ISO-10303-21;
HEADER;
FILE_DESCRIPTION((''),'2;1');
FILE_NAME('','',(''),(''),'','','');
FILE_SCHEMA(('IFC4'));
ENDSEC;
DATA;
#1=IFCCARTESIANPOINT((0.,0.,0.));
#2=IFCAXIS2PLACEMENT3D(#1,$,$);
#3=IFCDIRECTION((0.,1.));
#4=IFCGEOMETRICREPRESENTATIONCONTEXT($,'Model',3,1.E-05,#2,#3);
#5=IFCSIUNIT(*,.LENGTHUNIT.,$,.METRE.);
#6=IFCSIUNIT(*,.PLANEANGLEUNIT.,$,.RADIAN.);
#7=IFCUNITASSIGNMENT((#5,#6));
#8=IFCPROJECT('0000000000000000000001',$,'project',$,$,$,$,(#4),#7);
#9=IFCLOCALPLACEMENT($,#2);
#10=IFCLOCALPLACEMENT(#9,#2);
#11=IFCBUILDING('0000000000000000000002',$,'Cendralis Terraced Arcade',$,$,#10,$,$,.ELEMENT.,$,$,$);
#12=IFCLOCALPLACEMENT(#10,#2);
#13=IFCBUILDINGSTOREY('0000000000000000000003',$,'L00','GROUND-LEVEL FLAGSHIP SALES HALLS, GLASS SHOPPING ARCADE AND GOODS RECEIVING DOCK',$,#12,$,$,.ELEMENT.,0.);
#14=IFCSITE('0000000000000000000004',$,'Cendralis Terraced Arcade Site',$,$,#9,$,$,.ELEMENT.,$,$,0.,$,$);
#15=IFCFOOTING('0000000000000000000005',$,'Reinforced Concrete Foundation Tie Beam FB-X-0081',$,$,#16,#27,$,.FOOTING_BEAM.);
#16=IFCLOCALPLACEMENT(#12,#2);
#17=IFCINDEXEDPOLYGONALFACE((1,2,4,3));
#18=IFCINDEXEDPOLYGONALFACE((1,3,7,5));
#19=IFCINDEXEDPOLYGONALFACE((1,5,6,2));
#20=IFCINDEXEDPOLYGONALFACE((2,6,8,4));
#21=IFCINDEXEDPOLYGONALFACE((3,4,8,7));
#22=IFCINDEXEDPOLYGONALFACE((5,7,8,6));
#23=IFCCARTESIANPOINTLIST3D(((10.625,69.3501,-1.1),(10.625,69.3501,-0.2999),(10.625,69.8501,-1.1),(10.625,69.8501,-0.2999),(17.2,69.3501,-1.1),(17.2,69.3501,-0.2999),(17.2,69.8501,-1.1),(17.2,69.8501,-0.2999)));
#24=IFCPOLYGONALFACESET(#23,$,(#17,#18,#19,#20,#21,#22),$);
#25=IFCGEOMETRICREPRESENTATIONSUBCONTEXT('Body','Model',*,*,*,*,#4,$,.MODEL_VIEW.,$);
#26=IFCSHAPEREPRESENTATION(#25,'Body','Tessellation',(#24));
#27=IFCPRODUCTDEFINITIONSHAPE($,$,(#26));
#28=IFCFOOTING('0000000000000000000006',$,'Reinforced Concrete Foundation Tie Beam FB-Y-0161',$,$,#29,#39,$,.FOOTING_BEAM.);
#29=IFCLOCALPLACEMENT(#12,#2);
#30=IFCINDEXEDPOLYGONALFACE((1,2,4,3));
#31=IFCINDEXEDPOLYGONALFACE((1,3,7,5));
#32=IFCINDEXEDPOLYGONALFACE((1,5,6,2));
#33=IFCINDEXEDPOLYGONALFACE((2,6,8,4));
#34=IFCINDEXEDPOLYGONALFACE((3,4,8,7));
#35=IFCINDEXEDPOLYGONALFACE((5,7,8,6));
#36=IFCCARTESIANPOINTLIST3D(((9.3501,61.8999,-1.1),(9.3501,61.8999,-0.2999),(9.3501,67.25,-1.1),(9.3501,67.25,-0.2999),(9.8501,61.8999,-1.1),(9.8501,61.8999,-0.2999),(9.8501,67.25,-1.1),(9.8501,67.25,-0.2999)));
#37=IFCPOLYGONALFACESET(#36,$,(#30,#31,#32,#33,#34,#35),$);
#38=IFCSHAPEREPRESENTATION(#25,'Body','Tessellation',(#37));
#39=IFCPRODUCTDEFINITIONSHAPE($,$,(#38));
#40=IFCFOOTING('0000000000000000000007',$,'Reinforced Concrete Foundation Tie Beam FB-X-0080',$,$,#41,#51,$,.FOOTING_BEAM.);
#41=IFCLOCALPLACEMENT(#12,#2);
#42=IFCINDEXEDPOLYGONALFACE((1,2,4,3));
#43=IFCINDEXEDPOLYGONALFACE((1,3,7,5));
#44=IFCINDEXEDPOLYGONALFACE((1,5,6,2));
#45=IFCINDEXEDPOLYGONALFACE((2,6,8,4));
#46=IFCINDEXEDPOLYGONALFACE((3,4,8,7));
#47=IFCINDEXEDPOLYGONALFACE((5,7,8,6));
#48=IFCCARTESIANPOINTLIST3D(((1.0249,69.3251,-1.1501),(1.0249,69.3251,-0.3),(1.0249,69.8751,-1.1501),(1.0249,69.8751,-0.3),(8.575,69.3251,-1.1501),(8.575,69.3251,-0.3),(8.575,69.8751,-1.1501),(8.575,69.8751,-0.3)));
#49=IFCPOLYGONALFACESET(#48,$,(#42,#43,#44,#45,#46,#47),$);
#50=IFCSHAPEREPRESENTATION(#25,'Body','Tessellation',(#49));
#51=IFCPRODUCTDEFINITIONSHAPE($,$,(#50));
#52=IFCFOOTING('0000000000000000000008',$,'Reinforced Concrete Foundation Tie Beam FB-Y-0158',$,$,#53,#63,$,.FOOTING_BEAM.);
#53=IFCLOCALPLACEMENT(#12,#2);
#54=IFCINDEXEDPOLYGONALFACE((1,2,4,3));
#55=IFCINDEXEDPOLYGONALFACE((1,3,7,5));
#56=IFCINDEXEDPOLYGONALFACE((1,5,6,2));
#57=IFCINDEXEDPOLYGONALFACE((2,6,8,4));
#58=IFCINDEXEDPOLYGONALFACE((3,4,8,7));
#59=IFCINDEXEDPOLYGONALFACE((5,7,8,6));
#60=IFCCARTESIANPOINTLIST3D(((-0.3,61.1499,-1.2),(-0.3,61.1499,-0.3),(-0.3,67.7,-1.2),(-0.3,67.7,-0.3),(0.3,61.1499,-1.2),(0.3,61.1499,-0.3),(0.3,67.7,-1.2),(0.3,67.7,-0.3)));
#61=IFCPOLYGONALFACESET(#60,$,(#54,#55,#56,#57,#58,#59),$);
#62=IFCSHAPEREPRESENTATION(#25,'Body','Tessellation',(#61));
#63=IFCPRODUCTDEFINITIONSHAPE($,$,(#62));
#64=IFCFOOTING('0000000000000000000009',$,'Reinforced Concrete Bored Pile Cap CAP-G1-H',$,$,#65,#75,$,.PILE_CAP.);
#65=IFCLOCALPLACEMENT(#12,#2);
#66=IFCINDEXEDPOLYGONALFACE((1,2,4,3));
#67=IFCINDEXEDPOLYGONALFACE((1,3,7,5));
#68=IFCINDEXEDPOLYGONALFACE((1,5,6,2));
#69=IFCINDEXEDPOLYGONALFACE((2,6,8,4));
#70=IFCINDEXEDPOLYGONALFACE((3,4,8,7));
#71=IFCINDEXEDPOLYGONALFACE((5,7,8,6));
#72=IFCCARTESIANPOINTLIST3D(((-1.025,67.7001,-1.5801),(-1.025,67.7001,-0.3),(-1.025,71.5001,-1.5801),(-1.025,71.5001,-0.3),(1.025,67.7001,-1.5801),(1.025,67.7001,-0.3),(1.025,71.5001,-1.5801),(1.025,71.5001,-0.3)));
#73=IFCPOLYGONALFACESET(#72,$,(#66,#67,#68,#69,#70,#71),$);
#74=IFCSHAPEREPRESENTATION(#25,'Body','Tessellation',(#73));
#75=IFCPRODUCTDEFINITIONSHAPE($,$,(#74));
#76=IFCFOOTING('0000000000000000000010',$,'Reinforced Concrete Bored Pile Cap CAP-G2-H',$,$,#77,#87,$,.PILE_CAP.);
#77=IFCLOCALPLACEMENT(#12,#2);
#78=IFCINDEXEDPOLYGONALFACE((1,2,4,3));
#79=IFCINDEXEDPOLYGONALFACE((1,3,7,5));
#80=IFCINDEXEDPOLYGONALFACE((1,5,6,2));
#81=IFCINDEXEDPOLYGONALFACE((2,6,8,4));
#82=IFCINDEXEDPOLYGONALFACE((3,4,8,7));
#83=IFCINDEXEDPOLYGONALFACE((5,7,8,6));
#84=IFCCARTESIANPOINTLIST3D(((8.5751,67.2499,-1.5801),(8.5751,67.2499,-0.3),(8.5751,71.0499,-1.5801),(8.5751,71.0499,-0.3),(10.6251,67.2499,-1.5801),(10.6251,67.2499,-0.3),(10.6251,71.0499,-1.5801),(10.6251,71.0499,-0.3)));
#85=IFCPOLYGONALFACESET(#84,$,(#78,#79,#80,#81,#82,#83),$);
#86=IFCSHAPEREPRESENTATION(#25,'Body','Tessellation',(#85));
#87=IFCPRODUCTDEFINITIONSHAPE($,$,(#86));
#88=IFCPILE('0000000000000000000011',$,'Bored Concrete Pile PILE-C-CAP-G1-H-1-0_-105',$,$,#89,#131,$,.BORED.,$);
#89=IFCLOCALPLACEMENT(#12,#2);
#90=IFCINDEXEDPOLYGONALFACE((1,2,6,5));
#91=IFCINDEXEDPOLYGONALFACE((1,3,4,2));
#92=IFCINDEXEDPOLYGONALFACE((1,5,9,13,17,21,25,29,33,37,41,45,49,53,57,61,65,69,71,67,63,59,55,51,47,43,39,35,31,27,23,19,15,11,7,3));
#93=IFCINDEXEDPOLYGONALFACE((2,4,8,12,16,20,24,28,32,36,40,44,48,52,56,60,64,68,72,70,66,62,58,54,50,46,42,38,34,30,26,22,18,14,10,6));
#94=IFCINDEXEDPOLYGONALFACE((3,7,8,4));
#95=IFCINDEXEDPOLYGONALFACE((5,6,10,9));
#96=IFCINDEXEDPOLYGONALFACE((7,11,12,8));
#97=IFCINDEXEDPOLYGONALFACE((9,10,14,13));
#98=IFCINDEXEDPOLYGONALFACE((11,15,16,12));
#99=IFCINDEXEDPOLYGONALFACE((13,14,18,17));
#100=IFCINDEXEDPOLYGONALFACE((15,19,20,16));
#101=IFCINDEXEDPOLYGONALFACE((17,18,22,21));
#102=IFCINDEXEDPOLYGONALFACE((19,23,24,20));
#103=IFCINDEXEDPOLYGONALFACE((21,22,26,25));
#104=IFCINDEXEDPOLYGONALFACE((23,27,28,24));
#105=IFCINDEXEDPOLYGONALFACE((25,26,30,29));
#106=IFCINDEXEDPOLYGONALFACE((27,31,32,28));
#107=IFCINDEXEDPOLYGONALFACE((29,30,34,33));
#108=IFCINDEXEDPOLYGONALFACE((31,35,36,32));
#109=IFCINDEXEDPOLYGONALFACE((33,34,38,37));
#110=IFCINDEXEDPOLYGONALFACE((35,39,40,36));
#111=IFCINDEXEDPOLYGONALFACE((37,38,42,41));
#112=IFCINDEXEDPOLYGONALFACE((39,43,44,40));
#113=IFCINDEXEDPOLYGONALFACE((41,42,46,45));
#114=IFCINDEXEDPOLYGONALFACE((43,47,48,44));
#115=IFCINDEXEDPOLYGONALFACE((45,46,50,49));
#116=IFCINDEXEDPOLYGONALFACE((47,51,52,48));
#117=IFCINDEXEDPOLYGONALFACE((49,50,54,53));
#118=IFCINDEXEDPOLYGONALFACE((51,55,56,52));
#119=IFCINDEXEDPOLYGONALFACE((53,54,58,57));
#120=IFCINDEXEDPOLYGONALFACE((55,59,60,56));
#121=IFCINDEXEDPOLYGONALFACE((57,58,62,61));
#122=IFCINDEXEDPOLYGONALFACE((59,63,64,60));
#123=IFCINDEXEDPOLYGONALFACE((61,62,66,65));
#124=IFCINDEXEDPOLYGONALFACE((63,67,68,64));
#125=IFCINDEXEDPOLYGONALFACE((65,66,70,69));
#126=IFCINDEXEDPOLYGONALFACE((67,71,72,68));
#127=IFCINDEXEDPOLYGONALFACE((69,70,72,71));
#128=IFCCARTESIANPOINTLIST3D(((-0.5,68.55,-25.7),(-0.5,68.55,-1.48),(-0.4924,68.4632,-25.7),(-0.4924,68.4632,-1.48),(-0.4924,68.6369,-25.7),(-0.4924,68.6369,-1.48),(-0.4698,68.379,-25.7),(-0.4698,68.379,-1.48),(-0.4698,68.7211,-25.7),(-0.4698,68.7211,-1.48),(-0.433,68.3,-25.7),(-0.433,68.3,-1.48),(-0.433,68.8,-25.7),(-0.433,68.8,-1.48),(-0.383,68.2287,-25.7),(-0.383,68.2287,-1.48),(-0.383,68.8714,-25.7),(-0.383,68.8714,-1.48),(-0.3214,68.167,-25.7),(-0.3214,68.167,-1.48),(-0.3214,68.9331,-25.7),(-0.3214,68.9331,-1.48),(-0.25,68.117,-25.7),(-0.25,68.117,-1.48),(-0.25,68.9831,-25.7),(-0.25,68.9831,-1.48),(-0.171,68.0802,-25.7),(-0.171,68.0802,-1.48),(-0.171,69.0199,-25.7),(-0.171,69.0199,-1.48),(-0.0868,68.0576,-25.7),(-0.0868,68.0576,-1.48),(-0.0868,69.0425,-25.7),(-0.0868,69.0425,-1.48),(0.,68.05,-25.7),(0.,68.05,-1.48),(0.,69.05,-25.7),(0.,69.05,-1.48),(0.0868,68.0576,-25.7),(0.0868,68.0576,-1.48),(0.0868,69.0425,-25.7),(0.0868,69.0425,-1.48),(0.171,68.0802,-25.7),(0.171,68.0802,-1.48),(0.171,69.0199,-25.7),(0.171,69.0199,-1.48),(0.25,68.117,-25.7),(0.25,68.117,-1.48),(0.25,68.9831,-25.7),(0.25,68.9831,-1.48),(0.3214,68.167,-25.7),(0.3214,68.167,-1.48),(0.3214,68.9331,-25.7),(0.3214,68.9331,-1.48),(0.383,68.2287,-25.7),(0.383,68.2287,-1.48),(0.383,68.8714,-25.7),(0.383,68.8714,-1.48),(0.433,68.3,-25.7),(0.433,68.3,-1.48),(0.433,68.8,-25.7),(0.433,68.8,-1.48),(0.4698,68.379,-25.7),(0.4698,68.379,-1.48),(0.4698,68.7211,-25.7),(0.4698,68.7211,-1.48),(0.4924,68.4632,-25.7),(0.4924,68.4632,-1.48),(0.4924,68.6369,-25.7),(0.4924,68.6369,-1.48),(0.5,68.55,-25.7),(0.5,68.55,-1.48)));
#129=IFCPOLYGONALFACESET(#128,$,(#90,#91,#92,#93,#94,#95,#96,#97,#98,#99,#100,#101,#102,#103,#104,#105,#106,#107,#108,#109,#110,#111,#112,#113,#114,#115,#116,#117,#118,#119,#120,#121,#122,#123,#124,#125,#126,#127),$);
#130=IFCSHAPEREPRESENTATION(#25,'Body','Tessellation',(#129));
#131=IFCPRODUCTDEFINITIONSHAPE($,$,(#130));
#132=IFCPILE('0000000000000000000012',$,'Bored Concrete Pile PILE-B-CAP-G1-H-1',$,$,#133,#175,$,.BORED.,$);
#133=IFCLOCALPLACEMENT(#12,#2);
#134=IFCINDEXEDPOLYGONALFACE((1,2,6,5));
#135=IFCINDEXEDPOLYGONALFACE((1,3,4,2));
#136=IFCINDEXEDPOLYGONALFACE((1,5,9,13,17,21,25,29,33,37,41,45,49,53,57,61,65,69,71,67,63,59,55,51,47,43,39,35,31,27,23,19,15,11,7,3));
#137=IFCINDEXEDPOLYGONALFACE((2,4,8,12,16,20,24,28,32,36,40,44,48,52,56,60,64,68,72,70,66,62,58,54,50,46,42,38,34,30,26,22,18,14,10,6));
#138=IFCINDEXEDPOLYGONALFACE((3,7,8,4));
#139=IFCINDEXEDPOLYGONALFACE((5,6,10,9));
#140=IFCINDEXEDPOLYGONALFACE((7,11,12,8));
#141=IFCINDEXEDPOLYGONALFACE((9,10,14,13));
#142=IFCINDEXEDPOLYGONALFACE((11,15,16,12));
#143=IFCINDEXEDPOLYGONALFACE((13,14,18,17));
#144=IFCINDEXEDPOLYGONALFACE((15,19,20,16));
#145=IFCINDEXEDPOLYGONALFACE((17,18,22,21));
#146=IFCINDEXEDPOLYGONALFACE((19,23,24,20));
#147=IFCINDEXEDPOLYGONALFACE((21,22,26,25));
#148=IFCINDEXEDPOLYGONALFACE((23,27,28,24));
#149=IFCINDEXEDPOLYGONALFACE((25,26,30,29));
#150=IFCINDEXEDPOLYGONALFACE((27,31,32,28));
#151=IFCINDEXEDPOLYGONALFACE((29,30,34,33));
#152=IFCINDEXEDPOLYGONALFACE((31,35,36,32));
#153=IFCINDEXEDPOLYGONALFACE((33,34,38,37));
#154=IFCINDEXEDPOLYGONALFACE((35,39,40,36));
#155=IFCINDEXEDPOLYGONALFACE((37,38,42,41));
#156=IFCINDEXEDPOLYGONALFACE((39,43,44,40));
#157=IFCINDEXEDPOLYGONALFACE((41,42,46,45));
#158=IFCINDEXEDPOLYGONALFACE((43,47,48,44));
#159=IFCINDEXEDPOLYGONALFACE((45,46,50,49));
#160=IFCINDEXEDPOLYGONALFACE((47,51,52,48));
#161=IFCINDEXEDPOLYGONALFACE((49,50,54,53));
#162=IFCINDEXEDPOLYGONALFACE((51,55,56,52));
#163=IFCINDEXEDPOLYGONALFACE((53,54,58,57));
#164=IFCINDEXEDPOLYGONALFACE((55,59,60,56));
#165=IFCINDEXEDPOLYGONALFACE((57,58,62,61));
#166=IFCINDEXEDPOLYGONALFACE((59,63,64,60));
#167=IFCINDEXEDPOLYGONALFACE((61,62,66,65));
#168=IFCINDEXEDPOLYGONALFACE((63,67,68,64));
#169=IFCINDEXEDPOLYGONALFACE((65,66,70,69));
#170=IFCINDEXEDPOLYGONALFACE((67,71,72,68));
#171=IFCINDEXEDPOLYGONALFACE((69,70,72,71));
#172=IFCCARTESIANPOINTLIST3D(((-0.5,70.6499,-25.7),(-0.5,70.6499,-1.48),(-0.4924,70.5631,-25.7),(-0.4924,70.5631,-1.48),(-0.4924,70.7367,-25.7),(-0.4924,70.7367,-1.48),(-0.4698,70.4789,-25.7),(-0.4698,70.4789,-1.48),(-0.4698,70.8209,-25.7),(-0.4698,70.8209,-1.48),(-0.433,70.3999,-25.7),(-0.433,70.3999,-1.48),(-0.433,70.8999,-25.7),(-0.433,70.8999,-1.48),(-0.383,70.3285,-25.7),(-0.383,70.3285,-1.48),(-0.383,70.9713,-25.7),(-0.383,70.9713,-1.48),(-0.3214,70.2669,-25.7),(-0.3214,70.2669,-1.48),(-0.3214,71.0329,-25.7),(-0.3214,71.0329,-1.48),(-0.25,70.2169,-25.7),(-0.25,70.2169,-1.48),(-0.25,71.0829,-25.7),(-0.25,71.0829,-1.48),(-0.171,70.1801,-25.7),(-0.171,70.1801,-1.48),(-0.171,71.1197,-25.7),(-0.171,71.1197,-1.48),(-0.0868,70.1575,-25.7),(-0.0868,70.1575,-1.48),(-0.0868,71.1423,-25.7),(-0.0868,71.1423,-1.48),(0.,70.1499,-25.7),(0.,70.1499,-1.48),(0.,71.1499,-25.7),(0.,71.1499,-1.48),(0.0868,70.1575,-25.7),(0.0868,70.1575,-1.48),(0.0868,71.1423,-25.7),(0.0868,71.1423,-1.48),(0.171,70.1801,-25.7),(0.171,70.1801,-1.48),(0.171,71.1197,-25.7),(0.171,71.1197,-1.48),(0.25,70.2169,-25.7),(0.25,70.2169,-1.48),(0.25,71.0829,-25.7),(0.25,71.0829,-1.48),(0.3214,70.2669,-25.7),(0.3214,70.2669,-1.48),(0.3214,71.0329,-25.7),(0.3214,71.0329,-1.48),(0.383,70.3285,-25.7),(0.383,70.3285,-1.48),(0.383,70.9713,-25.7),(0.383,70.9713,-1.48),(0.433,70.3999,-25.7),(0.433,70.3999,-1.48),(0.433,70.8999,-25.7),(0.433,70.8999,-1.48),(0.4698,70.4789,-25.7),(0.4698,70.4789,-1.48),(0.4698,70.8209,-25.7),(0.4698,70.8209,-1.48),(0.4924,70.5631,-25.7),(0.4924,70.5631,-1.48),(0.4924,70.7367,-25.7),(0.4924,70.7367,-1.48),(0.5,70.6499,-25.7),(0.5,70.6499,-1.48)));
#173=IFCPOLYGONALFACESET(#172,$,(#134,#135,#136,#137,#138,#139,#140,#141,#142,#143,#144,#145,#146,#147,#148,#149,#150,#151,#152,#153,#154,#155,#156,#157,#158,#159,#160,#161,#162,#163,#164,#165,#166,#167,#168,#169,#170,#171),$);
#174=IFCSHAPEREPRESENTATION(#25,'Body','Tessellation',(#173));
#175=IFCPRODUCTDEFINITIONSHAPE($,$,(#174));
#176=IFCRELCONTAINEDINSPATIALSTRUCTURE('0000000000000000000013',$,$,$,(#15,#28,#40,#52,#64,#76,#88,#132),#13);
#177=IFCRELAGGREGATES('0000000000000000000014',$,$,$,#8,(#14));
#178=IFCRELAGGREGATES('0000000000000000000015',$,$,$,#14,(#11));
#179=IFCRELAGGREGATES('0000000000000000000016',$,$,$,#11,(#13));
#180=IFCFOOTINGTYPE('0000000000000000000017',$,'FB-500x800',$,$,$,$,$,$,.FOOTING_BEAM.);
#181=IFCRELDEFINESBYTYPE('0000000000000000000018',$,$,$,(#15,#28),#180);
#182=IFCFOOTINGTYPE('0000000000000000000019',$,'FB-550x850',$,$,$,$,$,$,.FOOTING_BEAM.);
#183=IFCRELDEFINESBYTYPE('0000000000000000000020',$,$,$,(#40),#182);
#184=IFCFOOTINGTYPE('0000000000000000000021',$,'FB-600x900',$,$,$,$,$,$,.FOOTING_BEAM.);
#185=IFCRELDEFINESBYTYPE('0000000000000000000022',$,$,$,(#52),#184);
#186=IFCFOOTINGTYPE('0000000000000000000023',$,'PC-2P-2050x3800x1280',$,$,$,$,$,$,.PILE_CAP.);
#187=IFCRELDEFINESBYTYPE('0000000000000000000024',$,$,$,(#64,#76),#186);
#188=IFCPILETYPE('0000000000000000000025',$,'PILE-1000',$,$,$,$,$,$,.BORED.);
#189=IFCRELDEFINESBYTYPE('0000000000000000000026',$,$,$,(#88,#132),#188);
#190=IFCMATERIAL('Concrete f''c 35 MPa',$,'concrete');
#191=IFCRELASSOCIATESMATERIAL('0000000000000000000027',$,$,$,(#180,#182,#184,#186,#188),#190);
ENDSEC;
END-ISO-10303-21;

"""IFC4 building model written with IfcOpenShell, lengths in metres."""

from ifc_helpers import new_model, si_unit, direction, frame, origin, origin_2d, place, context, subcontext, project, spatial, rectangle, circle, extrude, material, material_profile, profile_set, type_object, element, save


model = new_model("IFC4")

# Units and contexts
model_context = context("Model", 3, precision=1e-05, world=origin(), true_north=direction((0.0, 1.0)))
body_context = subcontext(model_context, "Body", "Model", "MODEL_VIEW")
ifc_project = project(units=[si_unit("LENGTHUNIT", "METRE"), si_unit("PLANEANGLEUNIT", "RADIAN")], contexts=[model_context])

# Site, building, storey
site_placement = place(None, origin())
site = spatial("IfcSite", under=ifc_project, at=site_placement, Name="Cendralis Terraced Arcade Site", CompositionType="ELEMENT", RefElevation=0.0)
building_placement = place(site_placement, origin())
building = spatial("IfcBuilding", under=site, at=building_placement, Name="Cendralis Terraced Arcade", CompositionType="ELEMENT")
storey_placement = place(building_placement, origin())
storey = spatial("IfcBuildingStorey", under=building, at=storey_placement, Name="L00", Description="GROUND-LEVEL FLAGSHIP SALES HALLS, GLASS SHOPPING ARCADE AND GOODS RECEIVING DOCK", CompositionType="ELEMENT", Elevation=0.0)

# Footings
ifc_material_1 = material(Name="Concrete f'c 35 MPa", Category="concrete")
ifc_material_profile_1 = material_profile(ifc_material_1, rectangle(XDim=0.5, YDim=0.8, at=origin_2d()), Name="FB-500x800", Category="LoadBearing")
ifc_profile_set_1 = profile_set([ifc_material_profile_1], Name="Concrete f'c 35 MPa")
footing_type_1 = type_object("IfcFootingType", Name="FB-500x800", PredefinedType="FOOTING_BEAM", material=ifc_profile_set_1)
footing_1_placement = place(storey_placement, frame((10.625, 69.6001, -0.7), z_axis=(1.0, 0.0, 0.0), x_axis=(0.0, 1.0, 0.0)))
element("IfcFooting", 1, at=footing_1_placement, inside=storey, type_object=footing_type_1, Name="Reinforced Concrete Foundation Tie Beam FB-X-0081", PredefinedType="FOOTING_BEAM", context=body_context, shape_type="SweptSolid", body=[
    extrude(rectangle(XDim=0.5, YDim=0.8, at=origin_2d()), origin(), (0.0, 0.0, 1.0), 6.575),
])
footing_2_placement = place(storey_placement, frame((9.6001, 61.8999, -0.7), z_axis=(0.0, 1.0, 0.0), x_axis=(-1.0, 0.0, 0.0)))
element("IfcFooting", 2, at=footing_2_placement, inside=storey, type_object=footing_type_1, Name="Reinforced Concrete Foundation Tie Beam FB-Y-0161", PredefinedType="FOOTING_BEAM", context=body_context, shape_type="SweptSolid", body=[
    extrude(rectangle(XDim=0.5, YDim=0.8, at=origin_2d()), origin(), (0.0, 0.0, 1.0), 5.3501),
])
ifc_material_profile_2 = material_profile(ifc_material_1, rectangle(XDim=0.55, YDim=0.8501, at=origin_2d()), Name="FB-550x850", Category="LoadBearing")
ifc_profile_set_2 = profile_set([ifc_material_profile_2], Name="Concrete f'c 35 MPa")
footing_type_2 = type_object("IfcFootingType", Name="FB-550x850", PredefinedType="FOOTING_BEAM", material=ifc_profile_set_2)
footing_3_placement = place(storey_placement, frame((1.0249, 69.6001, -0.7251), z_axis=(1.0, 0.0, 0.0), x_axis=(0.0, 1.0, 0.0)))
element("IfcFooting", 3, at=footing_3_placement, inside=storey, type_object=footing_type_2, Name="Reinforced Concrete Foundation Tie Beam FB-X-0080", PredefinedType="FOOTING_BEAM", context=body_context, shape_type="SweptSolid", body=[
    extrude(rectangle(XDim=0.55, YDim=0.8501, at=origin_2d()), origin(), (0.0, 0.0, 1.0), 7.55),
])
ifc_material_profile_3 = material_profile(ifc_material_1, rectangle(XDim=0.6001, YDim=0.8999, at=origin_2d()), Name="FB-600x900", Category="LoadBearing")
ifc_profile_set_3 = profile_set([ifc_material_profile_3], Name="Concrete f'c 35 MPa")
footing_type_3 = type_object("IfcFootingType", Name="FB-600x900", PredefinedType="FOOTING_BEAM", material=ifc_profile_set_3)
footing_4_placement = place(storey_placement, frame((0.0, 61.1499, -0.75), z_axis=(0.0, 1.0, 0.0), x_axis=(-1.0, 0.0, 0.0)))
element("IfcFooting", 4, at=footing_4_placement, inside=storey, type_object=footing_type_3, Name="Reinforced Concrete Foundation Tie Beam FB-Y-0158", PredefinedType="FOOTING_BEAM", context=body_context, shape_type="SweptSolid", body=[
    extrude(rectangle(XDim=0.6001, YDim=0.8999, at=origin_2d()), origin(), (0.0, 0.0, 1.0), 6.55),
])
footing_type_4 = type_object("IfcFootingType", Name="PC-2P-2050x3800x1280", PredefinedType="PILE_CAP", material=ifc_material_1)
for number, where, z_axis, x_axis, name in (
    (5, (0.0, 69.6001, -1.5801), (0.0, 0.0, 1.0), (1.0, 0.0, 0.0), "Reinforced Concrete Bored Pile Cap CAP-G1-H"),
    (6, (9.6001, 69.1499, -1.5801), (0.0, 0.0, 1.0), (1.0, 0.0, 0.0), "Reinforced Concrete Bored Pile Cap CAP-G2-H"),
):
    element("IfcFooting", number, at=place(storey_placement, frame(where, z_axis=z_axis, x_axis=x_axis)), inside=storey, type_object=footing_type_4, Name=name, PredefinedType="PILE_CAP", context=body_context, shape_type="SweptSolid", body=[
        extrude(rectangle(XDim=2.05, YDim=3.8, at=origin_2d()), origin(), (0.0, 0.0, 1.0), 1.28),
    ])

# Piles
ifc_material_profile_4 = material_profile(ifc_material_1, circle(Radius=0.5, at=origin_2d()), Name="PILE-D1000", Category="LoadBearing")
ifc_profile_set_4 = profile_set([ifc_material_profile_4], Name="Concrete f'c 35 MPa")
pile_type_1 = type_object("IfcPileType", Name="PILE-1000", PredefinedType="BORED", material=ifc_profile_set_4)
for number, where, z_axis, x_axis, name in (
    (7, (0.0, 68.55, -1.48), (0.0, 0.0, -1.0), (1.0, 0.0, 0.0), "Bored Concrete Pile PILE-C-CAP-G1-H-1-0_-105"),
    (8, (0.0, 70.6499, -1.48), (0.0, 0.0, -1.0), (1.0, 0.0, 0.0), "Bored Concrete Pile PILE-B-CAP-G1-H-1"),
):
    element("IfcPile", number, at=place(storey_placement, frame(where, z_axis=z_axis, x_axis=x_axis)), inside=storey, type_object=pile_type_1, Name=name, PredefinedType="BORED", context=body_context, shape_type="SweptSolid", body=[
        extrude(circle(Radius=0.5, at=origin_2d()), origin(), (0.0, 0.0, 1.0), 24.22),
    ])

save(model, "model.ifc")
